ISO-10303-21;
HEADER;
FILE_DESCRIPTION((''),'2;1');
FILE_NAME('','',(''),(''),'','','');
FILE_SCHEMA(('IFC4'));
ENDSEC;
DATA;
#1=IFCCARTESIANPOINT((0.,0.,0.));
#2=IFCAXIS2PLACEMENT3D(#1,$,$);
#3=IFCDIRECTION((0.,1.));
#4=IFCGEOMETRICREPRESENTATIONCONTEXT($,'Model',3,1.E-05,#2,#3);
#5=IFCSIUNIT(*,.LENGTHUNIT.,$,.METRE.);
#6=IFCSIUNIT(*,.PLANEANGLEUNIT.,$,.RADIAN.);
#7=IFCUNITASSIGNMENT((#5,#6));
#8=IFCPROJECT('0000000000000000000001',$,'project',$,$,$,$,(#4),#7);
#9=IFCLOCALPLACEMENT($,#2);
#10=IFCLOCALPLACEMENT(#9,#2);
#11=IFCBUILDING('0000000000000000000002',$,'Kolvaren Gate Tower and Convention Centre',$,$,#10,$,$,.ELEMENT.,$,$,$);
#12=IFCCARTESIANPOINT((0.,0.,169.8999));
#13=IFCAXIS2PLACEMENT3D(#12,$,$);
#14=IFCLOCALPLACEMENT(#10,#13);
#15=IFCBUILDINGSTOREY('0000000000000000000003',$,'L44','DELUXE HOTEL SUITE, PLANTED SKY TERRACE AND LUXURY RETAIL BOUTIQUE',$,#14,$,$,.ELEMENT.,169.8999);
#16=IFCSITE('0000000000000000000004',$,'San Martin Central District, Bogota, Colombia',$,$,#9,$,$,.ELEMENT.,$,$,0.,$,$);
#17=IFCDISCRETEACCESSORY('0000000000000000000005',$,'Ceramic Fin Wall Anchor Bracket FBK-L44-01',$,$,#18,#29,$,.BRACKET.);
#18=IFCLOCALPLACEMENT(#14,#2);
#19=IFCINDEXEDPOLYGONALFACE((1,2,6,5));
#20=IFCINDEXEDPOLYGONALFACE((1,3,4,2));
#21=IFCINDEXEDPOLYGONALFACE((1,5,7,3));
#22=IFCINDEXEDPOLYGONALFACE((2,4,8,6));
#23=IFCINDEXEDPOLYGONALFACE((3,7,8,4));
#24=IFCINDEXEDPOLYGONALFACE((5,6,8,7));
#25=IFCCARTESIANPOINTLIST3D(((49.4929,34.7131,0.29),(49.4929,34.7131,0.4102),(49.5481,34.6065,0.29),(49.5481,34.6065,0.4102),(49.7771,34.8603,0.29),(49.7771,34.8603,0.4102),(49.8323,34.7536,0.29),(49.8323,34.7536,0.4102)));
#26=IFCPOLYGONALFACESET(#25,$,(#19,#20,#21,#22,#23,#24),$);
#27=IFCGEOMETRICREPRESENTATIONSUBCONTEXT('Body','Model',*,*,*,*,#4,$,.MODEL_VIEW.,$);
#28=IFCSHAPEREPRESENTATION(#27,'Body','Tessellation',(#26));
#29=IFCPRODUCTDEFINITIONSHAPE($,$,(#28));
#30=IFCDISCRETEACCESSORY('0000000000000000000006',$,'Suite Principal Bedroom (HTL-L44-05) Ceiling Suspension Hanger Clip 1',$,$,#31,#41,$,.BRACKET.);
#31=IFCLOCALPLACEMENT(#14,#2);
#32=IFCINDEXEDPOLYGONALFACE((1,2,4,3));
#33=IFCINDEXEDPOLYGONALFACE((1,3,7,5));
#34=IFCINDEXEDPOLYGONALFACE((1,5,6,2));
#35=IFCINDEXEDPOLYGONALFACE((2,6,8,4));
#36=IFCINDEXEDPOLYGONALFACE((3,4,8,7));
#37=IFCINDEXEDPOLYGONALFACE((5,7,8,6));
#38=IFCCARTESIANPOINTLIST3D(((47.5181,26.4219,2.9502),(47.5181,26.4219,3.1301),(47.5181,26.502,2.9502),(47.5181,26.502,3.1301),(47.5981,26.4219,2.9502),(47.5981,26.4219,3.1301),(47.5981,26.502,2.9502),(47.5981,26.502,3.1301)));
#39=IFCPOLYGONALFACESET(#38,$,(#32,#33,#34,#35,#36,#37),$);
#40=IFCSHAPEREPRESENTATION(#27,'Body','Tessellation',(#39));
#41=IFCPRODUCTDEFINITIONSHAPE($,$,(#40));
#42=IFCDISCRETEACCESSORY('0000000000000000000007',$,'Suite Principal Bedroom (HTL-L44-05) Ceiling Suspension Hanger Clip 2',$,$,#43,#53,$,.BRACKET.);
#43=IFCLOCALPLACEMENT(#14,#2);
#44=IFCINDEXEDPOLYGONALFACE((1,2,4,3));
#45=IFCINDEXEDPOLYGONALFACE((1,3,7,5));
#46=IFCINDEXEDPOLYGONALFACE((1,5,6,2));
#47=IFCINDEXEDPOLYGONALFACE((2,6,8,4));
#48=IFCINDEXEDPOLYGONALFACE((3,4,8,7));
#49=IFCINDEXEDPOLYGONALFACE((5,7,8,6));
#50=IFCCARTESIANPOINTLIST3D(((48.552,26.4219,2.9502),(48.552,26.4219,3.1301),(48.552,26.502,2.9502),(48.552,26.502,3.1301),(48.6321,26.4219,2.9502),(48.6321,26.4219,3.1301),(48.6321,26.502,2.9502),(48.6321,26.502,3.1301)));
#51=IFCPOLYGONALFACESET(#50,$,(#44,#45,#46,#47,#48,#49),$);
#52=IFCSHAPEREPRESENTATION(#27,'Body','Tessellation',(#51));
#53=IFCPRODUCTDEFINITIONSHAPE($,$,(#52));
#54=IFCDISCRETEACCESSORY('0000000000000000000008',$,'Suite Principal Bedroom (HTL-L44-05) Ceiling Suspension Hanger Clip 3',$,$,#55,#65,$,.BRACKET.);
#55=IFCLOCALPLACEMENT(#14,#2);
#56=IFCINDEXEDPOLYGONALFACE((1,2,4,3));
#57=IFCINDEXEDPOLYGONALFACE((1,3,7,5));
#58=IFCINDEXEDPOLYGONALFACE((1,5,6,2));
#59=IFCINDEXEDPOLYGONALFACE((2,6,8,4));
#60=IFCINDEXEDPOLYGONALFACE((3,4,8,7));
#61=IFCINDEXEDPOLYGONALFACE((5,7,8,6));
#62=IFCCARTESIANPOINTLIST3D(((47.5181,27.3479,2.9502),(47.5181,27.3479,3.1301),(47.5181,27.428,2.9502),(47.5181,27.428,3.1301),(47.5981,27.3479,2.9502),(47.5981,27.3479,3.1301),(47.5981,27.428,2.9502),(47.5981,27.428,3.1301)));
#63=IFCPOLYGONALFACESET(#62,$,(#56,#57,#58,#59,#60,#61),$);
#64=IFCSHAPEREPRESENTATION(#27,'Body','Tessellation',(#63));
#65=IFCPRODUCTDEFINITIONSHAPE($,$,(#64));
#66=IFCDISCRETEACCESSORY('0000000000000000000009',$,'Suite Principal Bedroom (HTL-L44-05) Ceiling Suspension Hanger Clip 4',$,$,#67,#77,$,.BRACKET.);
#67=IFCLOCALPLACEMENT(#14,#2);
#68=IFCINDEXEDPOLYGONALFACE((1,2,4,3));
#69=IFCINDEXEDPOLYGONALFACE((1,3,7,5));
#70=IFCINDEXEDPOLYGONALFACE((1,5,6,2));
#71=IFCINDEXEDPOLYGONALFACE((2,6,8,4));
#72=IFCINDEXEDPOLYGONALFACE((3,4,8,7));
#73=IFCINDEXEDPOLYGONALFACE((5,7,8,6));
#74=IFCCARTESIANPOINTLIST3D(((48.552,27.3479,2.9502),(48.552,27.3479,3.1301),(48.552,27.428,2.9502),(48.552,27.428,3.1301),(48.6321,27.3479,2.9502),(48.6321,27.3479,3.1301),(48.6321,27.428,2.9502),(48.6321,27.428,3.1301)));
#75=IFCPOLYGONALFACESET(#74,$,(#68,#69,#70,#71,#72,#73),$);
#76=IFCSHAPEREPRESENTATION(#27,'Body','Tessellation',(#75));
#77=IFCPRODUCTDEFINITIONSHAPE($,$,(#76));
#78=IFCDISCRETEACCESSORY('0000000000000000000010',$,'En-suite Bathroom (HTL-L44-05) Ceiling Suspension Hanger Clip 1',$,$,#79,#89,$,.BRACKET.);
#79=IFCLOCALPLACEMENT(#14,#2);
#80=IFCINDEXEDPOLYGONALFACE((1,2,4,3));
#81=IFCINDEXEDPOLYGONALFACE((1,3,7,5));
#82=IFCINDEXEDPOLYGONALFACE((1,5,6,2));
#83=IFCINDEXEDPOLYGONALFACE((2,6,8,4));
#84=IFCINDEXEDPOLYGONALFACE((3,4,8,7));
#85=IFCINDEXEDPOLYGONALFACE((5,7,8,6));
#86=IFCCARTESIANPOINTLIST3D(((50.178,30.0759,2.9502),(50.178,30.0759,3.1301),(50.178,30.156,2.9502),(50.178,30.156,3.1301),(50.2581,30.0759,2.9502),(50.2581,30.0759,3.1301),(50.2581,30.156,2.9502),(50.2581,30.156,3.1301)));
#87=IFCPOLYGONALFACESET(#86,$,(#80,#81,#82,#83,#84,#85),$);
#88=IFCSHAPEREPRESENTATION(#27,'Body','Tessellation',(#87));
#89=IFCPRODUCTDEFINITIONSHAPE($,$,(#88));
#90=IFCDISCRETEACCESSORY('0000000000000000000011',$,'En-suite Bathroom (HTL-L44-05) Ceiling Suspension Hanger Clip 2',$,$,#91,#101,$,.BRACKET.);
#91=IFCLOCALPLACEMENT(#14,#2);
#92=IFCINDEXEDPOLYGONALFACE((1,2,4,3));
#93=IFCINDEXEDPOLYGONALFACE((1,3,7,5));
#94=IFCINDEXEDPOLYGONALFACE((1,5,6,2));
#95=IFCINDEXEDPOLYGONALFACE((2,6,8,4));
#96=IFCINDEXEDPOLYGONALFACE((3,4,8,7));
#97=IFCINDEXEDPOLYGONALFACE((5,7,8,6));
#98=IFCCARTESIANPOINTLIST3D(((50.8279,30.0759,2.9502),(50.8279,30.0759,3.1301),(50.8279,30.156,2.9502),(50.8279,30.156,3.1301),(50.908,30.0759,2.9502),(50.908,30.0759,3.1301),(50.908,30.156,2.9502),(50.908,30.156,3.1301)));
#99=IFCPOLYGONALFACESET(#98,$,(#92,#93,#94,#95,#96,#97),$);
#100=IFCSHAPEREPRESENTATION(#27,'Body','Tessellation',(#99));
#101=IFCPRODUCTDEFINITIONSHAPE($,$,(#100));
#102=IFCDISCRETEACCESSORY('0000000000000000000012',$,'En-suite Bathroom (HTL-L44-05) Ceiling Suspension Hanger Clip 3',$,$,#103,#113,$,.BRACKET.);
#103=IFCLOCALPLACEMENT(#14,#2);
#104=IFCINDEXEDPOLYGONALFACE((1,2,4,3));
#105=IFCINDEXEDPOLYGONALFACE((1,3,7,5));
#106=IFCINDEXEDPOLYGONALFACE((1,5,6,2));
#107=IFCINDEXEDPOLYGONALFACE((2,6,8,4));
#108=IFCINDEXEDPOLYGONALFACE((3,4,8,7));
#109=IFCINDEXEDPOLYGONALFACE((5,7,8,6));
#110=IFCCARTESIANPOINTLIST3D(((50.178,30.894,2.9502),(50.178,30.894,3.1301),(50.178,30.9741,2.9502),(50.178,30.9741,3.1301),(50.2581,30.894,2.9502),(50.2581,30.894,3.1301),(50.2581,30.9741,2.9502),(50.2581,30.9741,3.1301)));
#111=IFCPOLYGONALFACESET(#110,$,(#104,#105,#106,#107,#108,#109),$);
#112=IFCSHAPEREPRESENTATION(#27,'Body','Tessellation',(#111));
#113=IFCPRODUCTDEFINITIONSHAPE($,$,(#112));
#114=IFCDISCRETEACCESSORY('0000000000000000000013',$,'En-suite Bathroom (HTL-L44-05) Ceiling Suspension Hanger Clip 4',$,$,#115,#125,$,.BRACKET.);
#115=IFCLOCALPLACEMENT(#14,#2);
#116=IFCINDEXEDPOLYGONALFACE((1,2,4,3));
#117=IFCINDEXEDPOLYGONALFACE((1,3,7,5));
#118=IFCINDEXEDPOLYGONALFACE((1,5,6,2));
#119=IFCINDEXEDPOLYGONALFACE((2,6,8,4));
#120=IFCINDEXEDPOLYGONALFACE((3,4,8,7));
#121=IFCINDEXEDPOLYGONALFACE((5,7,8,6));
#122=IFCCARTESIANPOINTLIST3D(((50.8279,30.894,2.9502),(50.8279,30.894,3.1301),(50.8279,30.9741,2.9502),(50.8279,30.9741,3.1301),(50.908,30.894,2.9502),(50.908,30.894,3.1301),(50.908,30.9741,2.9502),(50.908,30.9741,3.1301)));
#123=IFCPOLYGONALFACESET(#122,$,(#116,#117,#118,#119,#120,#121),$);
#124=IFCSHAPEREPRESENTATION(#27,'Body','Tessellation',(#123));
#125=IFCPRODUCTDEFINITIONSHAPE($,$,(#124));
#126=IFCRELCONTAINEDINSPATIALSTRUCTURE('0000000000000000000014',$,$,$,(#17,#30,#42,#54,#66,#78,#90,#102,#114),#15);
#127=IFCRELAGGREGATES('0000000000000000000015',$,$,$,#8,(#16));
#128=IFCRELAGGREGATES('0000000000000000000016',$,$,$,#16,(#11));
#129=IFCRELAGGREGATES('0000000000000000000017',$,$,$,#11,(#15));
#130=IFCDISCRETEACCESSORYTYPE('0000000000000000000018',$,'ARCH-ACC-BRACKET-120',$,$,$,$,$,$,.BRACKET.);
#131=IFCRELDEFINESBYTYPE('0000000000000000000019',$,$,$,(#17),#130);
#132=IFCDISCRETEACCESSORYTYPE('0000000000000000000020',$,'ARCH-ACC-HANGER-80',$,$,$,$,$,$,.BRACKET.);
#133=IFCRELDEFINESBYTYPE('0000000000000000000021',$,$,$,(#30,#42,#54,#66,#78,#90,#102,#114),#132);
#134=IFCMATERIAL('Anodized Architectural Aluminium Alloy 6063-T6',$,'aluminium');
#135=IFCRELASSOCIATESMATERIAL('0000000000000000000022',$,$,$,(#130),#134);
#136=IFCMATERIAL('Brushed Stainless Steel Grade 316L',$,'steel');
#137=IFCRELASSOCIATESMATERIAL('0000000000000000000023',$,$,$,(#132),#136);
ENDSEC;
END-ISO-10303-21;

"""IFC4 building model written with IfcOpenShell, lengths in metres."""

from ifc_helpers import new_model, si_unit, direction, frame, origin, origin_2d, place, context, subcontext, project, spatial, rectangle, extrude, material, type_object, element, save


model = new_model("IFC4")

# Units and contexts
model_context = context("Model", 3, precision=1e-05, world=origin(), true_north=direction((0.0, 1.0)))
body_context = subcontext(model_context, "Body", "Model", "MODEL_VIEW")
ifc_project = project(units=[si_unit("LENGTHUNIT", "METRE"), si_unit("PLANEANGLEUNIT", "RADIAN")], contexts=[model_context])

# Site, building, storey
site_placement = place(None, origin())
site = spatial("IfcSite", under=ifc_project, at=site_placement, Name="San Martin Central District, Bogota, Colombia", CompositionType="ELEMENT", RefElevation=0.0)
building_placement = place(site_placement, origin())
building = spatial("IfcBuilding", under=site, at=building_placement, Name="Kolvaren Gate Tower and Convention Centre", CompositionType="ELEMENT")
storey_placement = place(building_placement, frame((0.0, 0.0, 169.8999)))
storey = spatial("IfcBuildingStorey", under=building, at=storey_placement, Name="L44", Description="DELUXE HOTEL SUITE, PLANTED SKY TERRACE AND LUXURY RETAIL BOUTIQUE", CompositionType="ELEMENT", Elevation=169.8999)

# Discrete accessories
ifc_material_1 = material(Name="Anodized Architectural Aluminium Alloy 6063-T6", Category="aluminium")
discrete_accessory_type_1 = type_object("IfcDiscreteAccessoryType", Name="ARCH-ACC-BRACKET-120", PredefinedType="BRACKET", material=ifc_material_1)
discrete_accessory_placement = place(storey_placement, frame((49.6626, 34.7334, 0.29), z_axis=(0.0, 0.0, 1.0), x_axis=(0.459798, -0.888023, 0.0)))
element("IfcDiscreteAccessory", 1, at=discrete_accessory_placement, inside=storey, type_object=discrete_accessory_type_1, Name="Ceramic Fin Wall Anchor Bracket FBK-L44-01", PredefinedType="BRACKET", context=body_context, shape_type="SweptSolid", body=[
    extrude(rectangle(XDim=0.1201, YDim=0.3201, at=origin_2d()), origin(), (0.0, 0.0, 1.0), 0.1201),
])
ifc_material_2 = material(Name="Brushed Stainless Steel Grade 316L", Category="steel")
discrete_accessory_type_2 = type_object("IfcDiscreteAccessoryType", Name="ARCH-ACC-HANGER-80", PredefinedType="BRACKET", material=ifc_material_2)
for number, where, z_axis, x_axis, name in (
    (2, (47.5581, 26.4619, 2.9502), (0.0, 0.0, 1.0), (1.0, 0.0, 0.0), "Suite Principal Bedroom (HTL-L44-05) Ceiling Suspension Hanger Clip 1"),
    (3, (48.592, 26.4619, 2.9502), (0.0, 0.0, 1.0), (1.0, 0.0, 0.0), "Suite Principal Bedroom (HTL-L44-05) Ceiling Suspension Hanger Clip 2"),
    (4, (47.5581, 27.3879, 2.9502), (0.0, 0.0, 1.0), (1.0, 0.0, 0.0), "Suite Principal Bedroom (HTL-L44-05) Ceiling Suspension Hanger Clip 3"),
    (5, (48.592, 27.3879, 2.9502), (0.0, 0.0, 1.0), (1.0, 0.0, 0.0), "Suite Principal Bedroom (HTL-L44-05) Ceiling Suspension Hanger Clip 4"),
    (6, (50.218, 30.116, 2.9502), (0.0, 0.0, 1.0), (1.0, 0.0, 0.0), "En-suite Bathroom (HTL-L44-05) Ceiling Suspension Hanger Clip 1"),
    (7, (50.8679, 30.116, 2.9502), (0.0, 0.0, 1.0), (1.0, 0.0, 0.0), "En-suite Bathroom (HTL-L44-05) Ceiling Suspension Hanger Clip 2"),
    (8, (50.218, 30.9341, 2.9502), (0.0, 0.0, 1.0), (1.0, 0.0, 0.0), "En-suite Bathroom (HTL-L44-05) Ceiling Suspension Hanger Clip 3"),
    (9, (50.8679, 30.9341, 2.9502), (0.0, 0.0, 1.0), (1.0, 0.0, 0.0), "En-suite Bathroom (HTL-L44-05) Ceiling Suspension Hanger Clip 4"),
):
    element("IfcDiscreteAccessory", number, at=place(storey_placement, frame(where, z_axis=z_axis, x_axis=x_axis)), inside=storey, type_object=discrete_accessory_type_2, Name=name, PredefinedType="BRACKET", context=body_context, shape_type="SweptSolid", body=[
        extrude(rectangle(XDim=0.0801, YDim=0.0801, at=origin_2d()), origin(), (0.0, 0.0, 1.0), 0.1799),
    ])

save(model, "model.ifc")
